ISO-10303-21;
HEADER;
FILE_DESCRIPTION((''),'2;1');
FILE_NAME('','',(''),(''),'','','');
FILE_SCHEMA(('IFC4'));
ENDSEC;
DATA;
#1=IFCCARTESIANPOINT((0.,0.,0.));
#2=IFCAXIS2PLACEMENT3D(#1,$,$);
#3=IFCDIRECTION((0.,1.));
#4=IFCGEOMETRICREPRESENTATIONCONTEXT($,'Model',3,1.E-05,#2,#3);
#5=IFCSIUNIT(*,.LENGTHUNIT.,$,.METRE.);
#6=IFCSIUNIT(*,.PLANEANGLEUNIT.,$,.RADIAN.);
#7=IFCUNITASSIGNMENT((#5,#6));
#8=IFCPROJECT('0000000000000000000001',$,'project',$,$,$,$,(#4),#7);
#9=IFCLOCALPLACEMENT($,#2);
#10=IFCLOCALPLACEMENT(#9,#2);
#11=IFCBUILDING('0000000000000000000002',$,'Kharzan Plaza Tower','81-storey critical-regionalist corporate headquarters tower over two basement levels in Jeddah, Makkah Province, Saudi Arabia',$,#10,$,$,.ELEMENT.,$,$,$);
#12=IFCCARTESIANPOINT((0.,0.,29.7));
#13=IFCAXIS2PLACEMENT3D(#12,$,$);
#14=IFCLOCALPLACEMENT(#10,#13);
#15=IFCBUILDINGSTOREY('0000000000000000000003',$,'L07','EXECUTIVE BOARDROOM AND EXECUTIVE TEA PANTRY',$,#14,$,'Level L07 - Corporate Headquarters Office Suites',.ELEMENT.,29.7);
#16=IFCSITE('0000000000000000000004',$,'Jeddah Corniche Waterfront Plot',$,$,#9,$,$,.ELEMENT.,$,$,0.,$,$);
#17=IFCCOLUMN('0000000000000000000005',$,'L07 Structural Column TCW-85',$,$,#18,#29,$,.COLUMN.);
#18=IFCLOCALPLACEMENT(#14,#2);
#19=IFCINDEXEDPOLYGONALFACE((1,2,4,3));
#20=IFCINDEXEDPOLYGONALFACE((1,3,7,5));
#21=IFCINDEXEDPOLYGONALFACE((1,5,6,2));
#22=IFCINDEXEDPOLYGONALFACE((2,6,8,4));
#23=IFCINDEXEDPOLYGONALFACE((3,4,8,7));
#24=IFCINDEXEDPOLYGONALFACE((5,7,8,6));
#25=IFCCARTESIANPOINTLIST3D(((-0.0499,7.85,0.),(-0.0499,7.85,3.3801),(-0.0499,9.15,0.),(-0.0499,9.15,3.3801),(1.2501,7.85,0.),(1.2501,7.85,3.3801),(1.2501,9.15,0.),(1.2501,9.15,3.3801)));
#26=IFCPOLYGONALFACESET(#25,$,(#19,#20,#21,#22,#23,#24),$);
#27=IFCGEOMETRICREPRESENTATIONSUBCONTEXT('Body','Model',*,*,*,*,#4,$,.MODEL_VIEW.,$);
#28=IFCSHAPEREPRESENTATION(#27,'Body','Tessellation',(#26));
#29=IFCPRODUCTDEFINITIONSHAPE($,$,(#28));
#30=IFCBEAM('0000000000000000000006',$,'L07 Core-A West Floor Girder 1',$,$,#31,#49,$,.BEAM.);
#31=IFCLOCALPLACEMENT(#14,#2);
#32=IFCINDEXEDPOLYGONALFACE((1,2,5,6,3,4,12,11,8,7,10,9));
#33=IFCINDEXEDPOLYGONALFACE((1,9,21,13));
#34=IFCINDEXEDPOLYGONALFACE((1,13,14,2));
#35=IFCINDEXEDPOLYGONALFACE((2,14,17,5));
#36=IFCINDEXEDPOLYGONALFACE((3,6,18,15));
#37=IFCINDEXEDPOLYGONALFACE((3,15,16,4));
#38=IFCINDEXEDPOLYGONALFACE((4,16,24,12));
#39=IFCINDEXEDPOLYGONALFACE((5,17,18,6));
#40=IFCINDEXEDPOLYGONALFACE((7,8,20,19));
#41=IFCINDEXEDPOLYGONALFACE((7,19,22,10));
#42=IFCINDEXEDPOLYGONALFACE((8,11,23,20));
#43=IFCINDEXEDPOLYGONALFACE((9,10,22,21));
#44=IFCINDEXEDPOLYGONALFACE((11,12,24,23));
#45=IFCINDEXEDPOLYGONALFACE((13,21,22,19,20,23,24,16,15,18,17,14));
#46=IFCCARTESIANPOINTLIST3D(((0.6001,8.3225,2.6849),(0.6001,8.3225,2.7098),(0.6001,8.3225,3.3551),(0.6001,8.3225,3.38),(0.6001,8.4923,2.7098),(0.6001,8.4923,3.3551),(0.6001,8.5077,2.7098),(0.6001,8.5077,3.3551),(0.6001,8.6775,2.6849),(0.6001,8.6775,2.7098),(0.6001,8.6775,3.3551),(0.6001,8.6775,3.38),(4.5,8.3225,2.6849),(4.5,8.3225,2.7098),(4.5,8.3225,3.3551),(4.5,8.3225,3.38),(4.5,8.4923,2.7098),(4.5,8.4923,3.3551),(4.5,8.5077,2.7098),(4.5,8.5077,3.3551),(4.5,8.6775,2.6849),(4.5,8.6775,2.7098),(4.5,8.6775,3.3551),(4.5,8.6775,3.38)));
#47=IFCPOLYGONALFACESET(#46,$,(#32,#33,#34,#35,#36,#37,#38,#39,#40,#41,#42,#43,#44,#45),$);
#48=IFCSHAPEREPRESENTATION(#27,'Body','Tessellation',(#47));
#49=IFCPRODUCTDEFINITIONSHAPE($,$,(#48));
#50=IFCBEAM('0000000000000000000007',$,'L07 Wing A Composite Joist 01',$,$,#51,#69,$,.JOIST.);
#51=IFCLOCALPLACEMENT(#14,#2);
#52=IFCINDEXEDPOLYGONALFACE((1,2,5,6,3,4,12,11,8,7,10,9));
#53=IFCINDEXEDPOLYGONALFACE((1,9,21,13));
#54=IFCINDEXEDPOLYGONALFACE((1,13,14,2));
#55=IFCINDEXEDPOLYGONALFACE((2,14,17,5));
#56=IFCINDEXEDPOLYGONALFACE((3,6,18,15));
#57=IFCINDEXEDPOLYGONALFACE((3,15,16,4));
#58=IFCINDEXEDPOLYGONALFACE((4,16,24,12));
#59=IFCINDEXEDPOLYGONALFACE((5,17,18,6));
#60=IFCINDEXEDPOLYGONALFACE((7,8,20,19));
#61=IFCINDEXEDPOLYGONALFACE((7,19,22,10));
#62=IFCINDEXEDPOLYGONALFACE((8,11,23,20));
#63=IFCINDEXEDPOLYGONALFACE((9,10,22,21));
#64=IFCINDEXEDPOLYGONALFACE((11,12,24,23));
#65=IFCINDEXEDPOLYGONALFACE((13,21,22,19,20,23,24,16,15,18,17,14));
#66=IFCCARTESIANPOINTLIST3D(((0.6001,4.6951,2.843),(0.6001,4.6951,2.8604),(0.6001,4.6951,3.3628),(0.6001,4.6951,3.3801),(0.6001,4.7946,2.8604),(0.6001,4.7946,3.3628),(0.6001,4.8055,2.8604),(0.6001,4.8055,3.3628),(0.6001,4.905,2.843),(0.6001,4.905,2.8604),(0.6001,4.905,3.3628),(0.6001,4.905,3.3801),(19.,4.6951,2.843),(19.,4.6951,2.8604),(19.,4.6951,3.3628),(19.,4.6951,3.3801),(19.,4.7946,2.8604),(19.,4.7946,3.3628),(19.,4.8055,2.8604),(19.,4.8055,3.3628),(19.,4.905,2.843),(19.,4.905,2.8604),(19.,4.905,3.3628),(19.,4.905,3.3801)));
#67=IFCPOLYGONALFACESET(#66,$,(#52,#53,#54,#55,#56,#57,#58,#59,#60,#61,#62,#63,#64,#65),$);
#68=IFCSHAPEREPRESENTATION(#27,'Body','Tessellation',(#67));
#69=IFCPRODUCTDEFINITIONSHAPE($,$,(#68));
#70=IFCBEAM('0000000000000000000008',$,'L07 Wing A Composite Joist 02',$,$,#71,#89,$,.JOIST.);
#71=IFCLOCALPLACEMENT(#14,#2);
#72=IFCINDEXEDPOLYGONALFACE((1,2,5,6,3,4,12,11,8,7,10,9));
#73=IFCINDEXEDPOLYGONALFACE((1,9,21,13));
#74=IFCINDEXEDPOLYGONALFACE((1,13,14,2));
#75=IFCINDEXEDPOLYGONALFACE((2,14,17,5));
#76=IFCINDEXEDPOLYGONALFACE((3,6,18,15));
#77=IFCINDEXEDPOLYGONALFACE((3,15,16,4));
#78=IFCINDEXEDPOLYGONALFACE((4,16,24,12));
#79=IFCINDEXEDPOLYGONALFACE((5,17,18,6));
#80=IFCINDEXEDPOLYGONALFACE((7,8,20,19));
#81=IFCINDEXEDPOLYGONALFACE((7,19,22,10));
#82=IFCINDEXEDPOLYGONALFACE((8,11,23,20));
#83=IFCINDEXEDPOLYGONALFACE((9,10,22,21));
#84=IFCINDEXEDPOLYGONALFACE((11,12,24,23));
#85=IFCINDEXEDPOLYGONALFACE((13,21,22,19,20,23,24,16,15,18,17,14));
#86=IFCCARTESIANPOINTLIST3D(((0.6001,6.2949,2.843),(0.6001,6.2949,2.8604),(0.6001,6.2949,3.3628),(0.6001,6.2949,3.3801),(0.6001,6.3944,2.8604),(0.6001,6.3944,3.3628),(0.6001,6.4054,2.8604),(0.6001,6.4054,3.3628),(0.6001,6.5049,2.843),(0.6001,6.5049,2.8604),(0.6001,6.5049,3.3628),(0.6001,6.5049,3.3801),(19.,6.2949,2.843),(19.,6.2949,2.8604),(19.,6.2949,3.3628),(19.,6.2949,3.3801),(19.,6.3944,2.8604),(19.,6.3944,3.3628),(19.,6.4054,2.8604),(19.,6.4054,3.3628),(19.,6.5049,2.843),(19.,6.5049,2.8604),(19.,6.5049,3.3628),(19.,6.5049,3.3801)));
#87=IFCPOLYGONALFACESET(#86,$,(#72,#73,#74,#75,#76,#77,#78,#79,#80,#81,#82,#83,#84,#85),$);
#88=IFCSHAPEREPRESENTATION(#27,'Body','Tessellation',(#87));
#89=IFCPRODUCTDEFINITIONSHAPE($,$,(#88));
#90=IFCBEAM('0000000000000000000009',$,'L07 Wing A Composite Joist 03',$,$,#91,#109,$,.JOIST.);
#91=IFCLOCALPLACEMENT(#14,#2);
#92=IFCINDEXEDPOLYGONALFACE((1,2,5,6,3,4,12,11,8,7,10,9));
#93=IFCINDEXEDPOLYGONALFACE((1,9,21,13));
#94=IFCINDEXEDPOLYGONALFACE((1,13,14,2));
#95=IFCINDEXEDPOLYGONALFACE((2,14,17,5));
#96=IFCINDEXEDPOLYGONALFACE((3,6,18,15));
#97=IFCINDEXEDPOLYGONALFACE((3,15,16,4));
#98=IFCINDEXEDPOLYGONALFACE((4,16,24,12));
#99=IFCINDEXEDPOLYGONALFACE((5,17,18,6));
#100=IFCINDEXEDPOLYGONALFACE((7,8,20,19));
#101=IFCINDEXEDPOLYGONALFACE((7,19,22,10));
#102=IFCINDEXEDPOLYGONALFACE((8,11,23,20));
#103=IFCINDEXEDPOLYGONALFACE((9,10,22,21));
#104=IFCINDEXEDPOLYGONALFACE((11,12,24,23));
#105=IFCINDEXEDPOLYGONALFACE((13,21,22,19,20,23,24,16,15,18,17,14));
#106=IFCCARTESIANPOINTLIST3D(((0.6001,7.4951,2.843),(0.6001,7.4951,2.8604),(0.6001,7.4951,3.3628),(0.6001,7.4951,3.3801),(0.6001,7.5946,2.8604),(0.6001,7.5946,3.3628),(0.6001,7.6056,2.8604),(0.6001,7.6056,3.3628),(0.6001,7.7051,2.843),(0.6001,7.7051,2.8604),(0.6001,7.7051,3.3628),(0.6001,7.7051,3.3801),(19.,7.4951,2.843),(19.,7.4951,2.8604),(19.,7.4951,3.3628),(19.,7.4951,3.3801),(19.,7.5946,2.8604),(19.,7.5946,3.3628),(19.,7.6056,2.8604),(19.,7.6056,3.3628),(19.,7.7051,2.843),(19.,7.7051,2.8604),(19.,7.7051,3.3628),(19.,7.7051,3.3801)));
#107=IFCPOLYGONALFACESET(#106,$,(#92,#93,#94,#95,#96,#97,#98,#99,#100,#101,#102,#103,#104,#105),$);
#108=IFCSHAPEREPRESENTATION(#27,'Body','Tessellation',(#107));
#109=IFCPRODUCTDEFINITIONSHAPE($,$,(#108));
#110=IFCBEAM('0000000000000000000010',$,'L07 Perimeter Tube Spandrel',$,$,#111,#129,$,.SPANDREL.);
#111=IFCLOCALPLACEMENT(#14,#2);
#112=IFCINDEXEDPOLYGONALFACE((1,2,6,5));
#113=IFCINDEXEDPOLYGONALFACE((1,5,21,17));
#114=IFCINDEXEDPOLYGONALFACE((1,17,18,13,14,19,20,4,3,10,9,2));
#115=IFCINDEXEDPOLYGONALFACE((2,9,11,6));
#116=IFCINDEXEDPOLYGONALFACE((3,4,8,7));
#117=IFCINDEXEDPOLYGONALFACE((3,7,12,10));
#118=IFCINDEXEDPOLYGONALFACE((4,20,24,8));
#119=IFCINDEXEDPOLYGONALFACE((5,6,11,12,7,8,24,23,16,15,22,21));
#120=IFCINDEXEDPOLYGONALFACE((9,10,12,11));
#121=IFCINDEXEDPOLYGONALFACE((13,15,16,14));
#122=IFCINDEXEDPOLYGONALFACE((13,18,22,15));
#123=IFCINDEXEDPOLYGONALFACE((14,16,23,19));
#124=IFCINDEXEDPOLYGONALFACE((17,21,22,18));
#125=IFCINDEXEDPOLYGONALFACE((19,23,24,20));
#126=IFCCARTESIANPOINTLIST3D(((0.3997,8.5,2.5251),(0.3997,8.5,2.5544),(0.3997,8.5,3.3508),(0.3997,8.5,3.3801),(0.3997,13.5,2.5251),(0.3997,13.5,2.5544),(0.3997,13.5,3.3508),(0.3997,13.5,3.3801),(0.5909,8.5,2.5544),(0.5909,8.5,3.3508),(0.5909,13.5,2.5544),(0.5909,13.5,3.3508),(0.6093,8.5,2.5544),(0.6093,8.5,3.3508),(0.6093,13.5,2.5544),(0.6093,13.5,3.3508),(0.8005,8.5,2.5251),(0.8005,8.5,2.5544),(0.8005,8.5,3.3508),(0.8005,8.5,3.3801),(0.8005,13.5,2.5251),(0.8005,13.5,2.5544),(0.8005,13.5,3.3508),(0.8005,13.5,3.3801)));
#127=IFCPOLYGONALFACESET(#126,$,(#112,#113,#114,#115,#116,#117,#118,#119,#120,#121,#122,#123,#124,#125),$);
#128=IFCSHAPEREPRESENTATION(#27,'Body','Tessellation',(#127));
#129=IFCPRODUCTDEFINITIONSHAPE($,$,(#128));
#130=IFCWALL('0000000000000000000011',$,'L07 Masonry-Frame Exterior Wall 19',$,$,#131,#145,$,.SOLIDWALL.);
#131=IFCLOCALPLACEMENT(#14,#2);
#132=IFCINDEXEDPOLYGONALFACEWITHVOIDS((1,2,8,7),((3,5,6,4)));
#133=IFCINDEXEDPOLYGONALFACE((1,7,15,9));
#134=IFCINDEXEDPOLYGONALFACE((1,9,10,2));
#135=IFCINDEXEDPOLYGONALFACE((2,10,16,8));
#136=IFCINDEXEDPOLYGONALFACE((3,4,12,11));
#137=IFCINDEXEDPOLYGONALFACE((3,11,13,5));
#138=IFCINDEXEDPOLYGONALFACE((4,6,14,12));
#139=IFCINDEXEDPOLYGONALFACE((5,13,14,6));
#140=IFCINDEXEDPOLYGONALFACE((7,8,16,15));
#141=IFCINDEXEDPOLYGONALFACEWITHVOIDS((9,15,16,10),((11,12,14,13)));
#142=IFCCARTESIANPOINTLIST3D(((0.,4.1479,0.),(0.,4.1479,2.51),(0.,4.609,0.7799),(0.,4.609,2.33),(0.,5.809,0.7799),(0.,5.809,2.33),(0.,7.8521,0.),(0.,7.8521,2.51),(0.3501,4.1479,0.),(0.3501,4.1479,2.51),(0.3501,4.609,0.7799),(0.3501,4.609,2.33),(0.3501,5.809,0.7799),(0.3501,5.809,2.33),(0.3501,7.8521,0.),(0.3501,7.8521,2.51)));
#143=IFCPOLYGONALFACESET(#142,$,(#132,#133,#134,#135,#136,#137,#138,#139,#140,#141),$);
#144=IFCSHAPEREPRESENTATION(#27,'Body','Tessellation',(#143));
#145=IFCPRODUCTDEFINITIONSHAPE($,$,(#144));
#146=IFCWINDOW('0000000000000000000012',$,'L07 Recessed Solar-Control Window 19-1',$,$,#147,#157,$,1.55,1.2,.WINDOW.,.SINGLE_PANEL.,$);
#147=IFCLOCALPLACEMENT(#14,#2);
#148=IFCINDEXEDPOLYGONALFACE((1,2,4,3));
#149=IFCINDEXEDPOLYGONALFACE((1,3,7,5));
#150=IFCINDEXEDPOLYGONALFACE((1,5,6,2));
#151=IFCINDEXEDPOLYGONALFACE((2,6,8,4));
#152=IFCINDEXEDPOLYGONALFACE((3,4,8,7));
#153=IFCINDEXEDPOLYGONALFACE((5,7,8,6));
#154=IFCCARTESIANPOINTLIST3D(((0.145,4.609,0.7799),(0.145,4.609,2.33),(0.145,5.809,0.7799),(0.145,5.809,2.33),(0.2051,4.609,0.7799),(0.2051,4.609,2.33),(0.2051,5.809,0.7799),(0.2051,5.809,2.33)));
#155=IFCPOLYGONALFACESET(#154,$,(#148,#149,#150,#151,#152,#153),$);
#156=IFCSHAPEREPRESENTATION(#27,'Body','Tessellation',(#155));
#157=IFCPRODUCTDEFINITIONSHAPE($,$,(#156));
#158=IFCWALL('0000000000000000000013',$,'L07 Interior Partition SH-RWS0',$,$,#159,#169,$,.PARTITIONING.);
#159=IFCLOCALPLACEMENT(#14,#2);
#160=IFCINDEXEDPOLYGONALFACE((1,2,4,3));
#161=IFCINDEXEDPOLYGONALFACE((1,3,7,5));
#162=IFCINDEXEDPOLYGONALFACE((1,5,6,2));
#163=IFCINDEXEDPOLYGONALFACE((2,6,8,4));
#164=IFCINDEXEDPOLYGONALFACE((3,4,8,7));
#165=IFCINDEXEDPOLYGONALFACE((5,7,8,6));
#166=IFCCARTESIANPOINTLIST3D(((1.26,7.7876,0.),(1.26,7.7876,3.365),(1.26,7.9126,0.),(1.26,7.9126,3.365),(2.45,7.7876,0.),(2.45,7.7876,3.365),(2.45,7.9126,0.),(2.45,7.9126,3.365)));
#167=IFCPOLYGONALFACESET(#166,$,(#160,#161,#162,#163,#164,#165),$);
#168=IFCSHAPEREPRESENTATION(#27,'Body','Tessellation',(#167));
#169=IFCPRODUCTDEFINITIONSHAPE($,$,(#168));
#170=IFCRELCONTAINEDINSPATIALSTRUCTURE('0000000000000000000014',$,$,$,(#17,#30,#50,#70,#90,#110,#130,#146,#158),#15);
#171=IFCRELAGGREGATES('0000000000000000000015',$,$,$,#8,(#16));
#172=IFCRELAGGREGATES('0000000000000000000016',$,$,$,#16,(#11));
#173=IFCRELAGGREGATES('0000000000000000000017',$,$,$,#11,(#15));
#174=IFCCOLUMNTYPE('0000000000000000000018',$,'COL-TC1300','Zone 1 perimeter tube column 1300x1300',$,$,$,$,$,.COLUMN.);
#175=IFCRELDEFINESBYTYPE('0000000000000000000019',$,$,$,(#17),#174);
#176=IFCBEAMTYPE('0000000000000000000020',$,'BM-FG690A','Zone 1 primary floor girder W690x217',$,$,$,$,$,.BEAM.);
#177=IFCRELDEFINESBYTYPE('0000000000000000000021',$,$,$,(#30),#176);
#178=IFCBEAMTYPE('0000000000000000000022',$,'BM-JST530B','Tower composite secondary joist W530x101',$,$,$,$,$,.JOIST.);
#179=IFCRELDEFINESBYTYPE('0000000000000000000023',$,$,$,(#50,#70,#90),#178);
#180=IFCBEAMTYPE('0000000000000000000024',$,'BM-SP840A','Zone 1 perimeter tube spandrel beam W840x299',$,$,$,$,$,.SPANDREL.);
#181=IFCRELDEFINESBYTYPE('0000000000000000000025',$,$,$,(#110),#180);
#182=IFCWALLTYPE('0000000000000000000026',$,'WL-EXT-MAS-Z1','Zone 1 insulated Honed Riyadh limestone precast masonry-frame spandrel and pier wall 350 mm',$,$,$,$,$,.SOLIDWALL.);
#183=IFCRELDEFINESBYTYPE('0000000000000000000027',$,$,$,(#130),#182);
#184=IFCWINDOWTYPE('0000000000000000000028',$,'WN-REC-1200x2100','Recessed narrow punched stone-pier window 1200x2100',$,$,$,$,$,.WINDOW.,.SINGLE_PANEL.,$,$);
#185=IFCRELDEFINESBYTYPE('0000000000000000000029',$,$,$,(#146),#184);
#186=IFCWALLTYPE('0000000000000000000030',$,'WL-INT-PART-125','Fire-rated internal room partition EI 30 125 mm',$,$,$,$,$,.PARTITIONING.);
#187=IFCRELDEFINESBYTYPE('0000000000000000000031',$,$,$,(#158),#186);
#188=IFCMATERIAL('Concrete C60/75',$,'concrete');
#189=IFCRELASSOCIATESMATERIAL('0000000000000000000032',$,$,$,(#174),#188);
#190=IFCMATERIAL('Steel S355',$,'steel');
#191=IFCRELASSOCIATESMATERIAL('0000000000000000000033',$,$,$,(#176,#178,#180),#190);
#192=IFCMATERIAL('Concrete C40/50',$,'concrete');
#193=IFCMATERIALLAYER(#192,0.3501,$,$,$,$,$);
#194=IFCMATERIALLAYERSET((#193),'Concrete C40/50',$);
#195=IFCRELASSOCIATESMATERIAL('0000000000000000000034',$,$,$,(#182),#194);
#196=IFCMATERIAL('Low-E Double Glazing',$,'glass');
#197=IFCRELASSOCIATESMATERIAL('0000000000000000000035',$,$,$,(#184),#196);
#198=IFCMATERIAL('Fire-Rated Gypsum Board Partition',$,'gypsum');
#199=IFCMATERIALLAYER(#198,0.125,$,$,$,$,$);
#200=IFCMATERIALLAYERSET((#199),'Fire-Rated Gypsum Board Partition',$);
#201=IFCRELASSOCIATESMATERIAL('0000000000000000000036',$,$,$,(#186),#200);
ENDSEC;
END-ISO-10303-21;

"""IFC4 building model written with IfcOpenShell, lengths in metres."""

from ifc_helpers import new_model, si_unit, direction, frame, frame_2d, origin, origin_2d, place, context, subcontext, project, spatial, rectangle, i_section, extrude, source, transform, mapped, material, layer, layer_set, material_profile, profile_set, type_object, element, fill, save


model = new_model("IFC4")

# Units and contexts
model_context = context("Model", 3, precision=1e-05, world=origin(), true_north=direction((0.0, 1.0)))
body_context = subcontext(model_context, "Body", "Model", "MODEL_VIEW")
ifc_project = project(units=[si_unit("LENGTHUNIT", "METRE"), si_unit("PLANEANGLEUNIT", "RADIAN")], contexts=[model_context])

# Site, building, storey
site_placement = place(None, origin())
site = spatial("IfcSite", under=ifc_project, at=site_placement, Name="Jeddah Corniche Waterfront Plot", CompositionType="ELEMENT", RefElevation=0.0)
building_placement = place(site_placement, origin())
building = spatial("IfcBuilding", under=site, at=building_placement, Name="Kharzan Plaza Tower", Description="81-storey critical-regionalist corporate headquarters tower over two basement levels in Jeddah, Makkah Province, Saudi Arabia", CompositionType="ELEMENT")
storey_placement = place(building_placement, frame((0.0, 0.0, 29.7)))
storey = spatial("IfcBuildingStorey", under=building, at=storey_placement, Name="L07", Description="EXECUTIVE BOARDROOM AND EXECUTIVE TEA PANTRY", LongName="Level L07 - Corporate Headquarters Office Suites", CompositionType="ELEMENT", Elevation=29.7)

# Column
ifc_material_1 = material(Name="Concrete C60/75", Category="concrete")
ifc_material_profile_1 = material_profile(ifc_material_1, rectangle(XDim=1.3, YDim=1.3, at=origin_2d()), Name="RC-TC1300x1300")
ifc_profile_set_1 = profile_set([ifc_material_profile_1], Name="Concrete C60/75")
column_type = type_object("IfcColumnType", Name="COL-TC1300", Description="Zone 1 perimeter tube column 1300x1300", PredefinedType="COLUMN", material=ifc_profile_set_1)
shared_shape_1 = source(origin(), body_context, "Body", "SweptSolid", [
    extrude(rectangle(XDim=1.3, YDim=1.3, at=origin_2d()), origin(), (0.0, 0.0, 1.0), 3.3801),
])
column_placement = place(storey_placement, frame((0.6001, 8.5, 0.0), z_axis=(0.0, 0.0, 1.0), x_axis=(1.0, 0.0, 0.0)))
element("IfcColumn", 1, at=column_placement, inside=storey, type_object=column_type, Name="L07 Structural Column TCW-85", PredefinedType="COLUMN", context=body_context, shape_type="MappedRepresentation", body=[
    mapped(shared_shape_1, transform((0.0, 0.0, 0.0), x_axis=(1.0, 0.0, 0.0), y_axis=(0.0, 1.0, 0.0), z_axis=(0.0, 0.0, 1.0))),
])

# Beams
ifc_material_2 = material(Name="Steel S355", Category="steel")
ifc_material_profile_2 = material_profile(ifc_material_2, i_section(OverallWidth=0.355, OverallDepth=0.6951, WebThickness=0.0154, FlangeThickness=0.0249, at=origin_2d()), Name="W690x217")
ifc_profile_set_2 = profile_set([ifc_material_profile_2], Name="Steel S355")
beam_type_1 = type_object("IfcBeamType", Name="BM-FG690A", Description="Zone 1 primary floor girder W690x217", PredefinedType="BEAM", material=ifc_profile_set_2)
shared_shape_2 = source(origin(), body_context, "Body", "SweptSolid", [
    extrude(i_section(OverallWidth=0.355, OverallDepth=0.6951, WebThickness=0.0154, FlangeThickness=0.0249, at=origin_2d()), origin(), (0.0, 0.0, 1.0), 3.8999),
])
beam_1_placement = place(storey_placement, frame((0.6001, 8.5, 3.0325), z_axis=(1.0, 0.0, 0.0), x_axis=(0.0, 1.0, 0.0)))
element("IfcBeam", 2, at=beam_1_placement, inside=storey, type_object=beam_type_1, Name="L07 Core-A West Floor Girder 1", PredefinedType="BEAM", context=body_context, shape_type="MappedRepresentation", body=[
    mapped(shared_shape_2, transform((0.0, 0.0, 0.0), x_axis=(1.0, 0.0, 0.0), y_axis=(0.0, 1.0, 0.0), z_axis=(0.0, 0.0, 1.0))),
])
ifc_material_profile_3 = material_profile(ifc_material_2, i_section(OverallWidth=0.21, OverallDepth=0.5371, WebThickness=0.011, FlangeThickness=0.0173, at=origin_2d()), Name="W530x101")
ifc_profile_set_3 = profile_set([ifc_material_profile_3], Name="Steel S355")
beam_type_2 = type_object("IfcBeamType", Name="BM-JST530B", Description="Tower composite secondary joist W530x101", PredefinedType="JOIST", material=ifc_profile_set_3)
shared_shape_3 = source(origin(), body_context, "Body", "SweptSolid", [
    extrude(i_section(OverallWidth=0.21, OverallDepth=0.5371, WebThickness=0.011, FlangeThickness=0.0173, at=origin_2d()), origin(), (0.0, 0.0, 1.0), 18.3999),
])
for number, where, z_axis, x_axis, name in (
    (3, (0.6001, 4.8, 3.1116), (1.0, 0.0, 0.0), (0.0, 1.0, 0.0), "L07 Wing A Composite Joist 01"),
    (4, (0.6001, 6.3999, 3.1116), (1.0, 0.0, 0.0), (0.0, 1.0, 0.0), "L07 Wing A Composite Joist 02"),
    (5, (0.6001, 7.6001, 3.1116), (1.0, 0.0, 0.0), (0.0, 1.0, 0.0), "L07 Wing A Composite Joist 03"),
):
    element("IfcBeam", number, at=place(storey_placement, frame(where, z_axis=z_axis, x_axis=x_axis)), inside=storey, type_object=beam_type_2, Name=name, PredefinedType="JOIST", context=body_context, shape_type="MappedRepresentation", body=[
        mapped(shared_shape_3, transform((0.0, 0.0, 0.0), x_axis=(1.0, 0.0, 0.0), y_axis=(0.0, 1.0, 0.0), z_axis=(0.0, 0.0, 1.0))),
    ])
ifc_material_profile_4 = material_profile(ifc_material_2, i_section(OverallWidth=0.4009, OverallDepth=0.855, WebThickness=0.0183, FlangeThickness=0.0293, at=origin_2d()), Name="W840x299")
ifc_profile_set_4 = profile_set([ifc_material_profile_4], Name="Steel S355")
beam_type_3 = type_object("IfcBeamType", Name="BM-SP840A", Description="Zone 1 perimeter tube spandrel beam W840x299", PredefinedType="SPANDREL", material=ifc_profile_set_4)
shared_shape_4 = source(origin(), body_context, "Body", "SweptSolid", [
    extrude(i_section(OverallWidth=0.4009, OverallDepth=0.855, WebThickness=0.0183, FlangeThickness=0.0293, at=origin_2d()), origin(), (0.0, 0.0, 1.0), 5.0),
])
beam_2_placement = place(storey_placement, frame((0.6001, 8.5, 2.9526), z_axis=(0.0, 1.0, 0.0), x_axis=(-1.0, 0.0, 0.0)))
element("IfcBeam", 6, at=beam_2_placement, inside=storey, type_object=beam_type_3, Name="L07 Perimeter Tube Spandrel", PredefinedType="SPANDREL", context=body_context, shape_type="MappedRepresentation", body=[
    mapped(shared_shape_4, transform((0.0, 0.0, 0.0), x_axis=(1.0, 0.0, 0.0), y_axis=(0.0, 1.0, 0.0), z_axis=(0.0, 0.0, 1.0))),
])

# Wall, opening, window
ifc_material_3 = material(Name="Concrete C40/50", Category="concrete")
ifc_layer_1 = layer(ifc_material_3, 0.3501)
ifc_layer_set_1 = layer_set([ifc_layer_1], Name="Concrete C40/50")
wall_type_1 = type_object("IfcWallType", Name="WL-EXT-MAS-Z1", Description="Zone 1 insulated Honed Riyadh limestone precast masonry-frame spandrel and pier wall 350 mm", PredefinedType="SOLIDWALL", material=ifc_layer_set_1)
wall_1_placement = place(storey_placement, frame((0.175, 7.8521, 0.0), z_axis=(0.0, 0.0, 1.0), x_axis=(0.0, -1.0, 0.0)))
wall_1 = element("IfcWall", 7, at=wall_1_placement, inside=storey, type_object=wall_type_1, Name="L07 Masonry-Frame Exterior Wall 19", PredefinedType="SOLIDWALL", context=body_context, shape_type="SweptSolid", body=[
    extrude(rectangle(XDim=3.7041, YDim=0.3501, at=frame_2d((1.8521, 0.0))), origin(), (0.0, 0.0, 1.0), 2.51),
])
opening_1_placement = place(wall_1_placement, frame((2.043, 0.0, 0.78)))
opening_1 = element("IfcOpeningElement", 8, at=opening_1_placement, cuts=wall_1, PredefinedType="OPENING", context=body_context, shape_type="SweptSolid", body=[
    extrude(rectangle(XDim=1.2, YDim=1.55, at=frame_2d((0.6001, 0.7749))), frame((0.0, 0.1851, 0.0), z_axis=(0.0, -1.0, 0.0), x_axis=(1.0, 0.0, 0.0)), (0.0, 0.0, 1.0), 0.3701),
])
ifc_material_4 = material(Name="Low-E Double Glazing", Category="glass")
window_type = type_object("IfcWindowType", Name="WN-REC-1200x2100", Description="Recessed narrow punched stone-pier window 1200x2100", PartitioningType="SINGLE_PANEL", PredefinedType="WINDOW", material=ifc_material_4)
shared_shape_5 = source(origin(), body_context, "Body", "SweptSolid", [
    extrude(rectangle(XDim=1.2, YDim=1.55, at=frame_2d((0.6001, 0.7749))), frame((0.0, 0.03, 0.0), z_axis=(0.0, -1.0, 0.0), x_axis=(1.0, 0.0, 0.0)), (0.0, 0.0, 1.0), 0.0601),
])
window_placement = place(opening_1_placement, origin())
window = element("IfcWindow", 9, at=window_placement, inside=storey, type_object=window_type, Name="L07 Recessed Solar-Control Window 19-1", OverallHeight=1.55, OverallWidth=1.2, PartitioningType="SINGLE_PANEL", PredefinedType="WINDOW", context=body_context, shape_type="MappedRepresentation", body=[
    mapped(shared_shape_5, transform((0.0, 0.0, 0.0), x_axis=(1.0, 0.0, 0.0), y_axis=(0.0, 1.0, 0.0), z_axis=(0.0, 0.0, 1.0))),
])
fill(opening_1, window)

# Shared definitions
ifc_material_5 = material(Name="Fire-Rated Gypsum Board Partition", Category="gypsum")
ifc_layer_2 = layer(ifc_material_5, 0.125)
ifc_layer_set_2 = layer_set([ifc_layer_2], Name="Fire-Rated Gypsum Board Partition")
wall_type_2 = type_object("IfcWallType", Name="WL-INT-PART-125", Description="Fire-rated internal room partition EI 30 125 mm", PredefinedType="PARTITIONING", material=ifc_layer_set_2)

# Wall
shared_shape_6 = source(origin(), body_context, "Body", "SweptSolid", [
    extrude(rectangle(XDim=1.1899, YDim=0.125, at=frame_2d((0.595, 0.0))), origin(), (0.0, 0.0, 1.0), 3.365),
])
wall_2_placement = place(storey_placement, frame((1.26, 7.8501, 0.0), z_axis=(0.0, 0.0, 1.0), x_axis=(1.0, 0.0, 0.0)))
element("IfcWall", 10, at=wall_2_placement, inside=storey, type_object=wall_type_2, Name="L07 Interior Partition SH-RWS0", PredefinedType="PARTITIONING", context=body_context, shape_type="MappedRepresentation", body=[
    mapped(shared_shape_6, transform((0.0, 0.0, 0.0), x_axis=(1.0, 0.0, 0.0), y_axis=(0.0, 1.0, 0.0), z_axis=(0.0, 0.0, 1.0))),
])

save(model, "model.ifc")
